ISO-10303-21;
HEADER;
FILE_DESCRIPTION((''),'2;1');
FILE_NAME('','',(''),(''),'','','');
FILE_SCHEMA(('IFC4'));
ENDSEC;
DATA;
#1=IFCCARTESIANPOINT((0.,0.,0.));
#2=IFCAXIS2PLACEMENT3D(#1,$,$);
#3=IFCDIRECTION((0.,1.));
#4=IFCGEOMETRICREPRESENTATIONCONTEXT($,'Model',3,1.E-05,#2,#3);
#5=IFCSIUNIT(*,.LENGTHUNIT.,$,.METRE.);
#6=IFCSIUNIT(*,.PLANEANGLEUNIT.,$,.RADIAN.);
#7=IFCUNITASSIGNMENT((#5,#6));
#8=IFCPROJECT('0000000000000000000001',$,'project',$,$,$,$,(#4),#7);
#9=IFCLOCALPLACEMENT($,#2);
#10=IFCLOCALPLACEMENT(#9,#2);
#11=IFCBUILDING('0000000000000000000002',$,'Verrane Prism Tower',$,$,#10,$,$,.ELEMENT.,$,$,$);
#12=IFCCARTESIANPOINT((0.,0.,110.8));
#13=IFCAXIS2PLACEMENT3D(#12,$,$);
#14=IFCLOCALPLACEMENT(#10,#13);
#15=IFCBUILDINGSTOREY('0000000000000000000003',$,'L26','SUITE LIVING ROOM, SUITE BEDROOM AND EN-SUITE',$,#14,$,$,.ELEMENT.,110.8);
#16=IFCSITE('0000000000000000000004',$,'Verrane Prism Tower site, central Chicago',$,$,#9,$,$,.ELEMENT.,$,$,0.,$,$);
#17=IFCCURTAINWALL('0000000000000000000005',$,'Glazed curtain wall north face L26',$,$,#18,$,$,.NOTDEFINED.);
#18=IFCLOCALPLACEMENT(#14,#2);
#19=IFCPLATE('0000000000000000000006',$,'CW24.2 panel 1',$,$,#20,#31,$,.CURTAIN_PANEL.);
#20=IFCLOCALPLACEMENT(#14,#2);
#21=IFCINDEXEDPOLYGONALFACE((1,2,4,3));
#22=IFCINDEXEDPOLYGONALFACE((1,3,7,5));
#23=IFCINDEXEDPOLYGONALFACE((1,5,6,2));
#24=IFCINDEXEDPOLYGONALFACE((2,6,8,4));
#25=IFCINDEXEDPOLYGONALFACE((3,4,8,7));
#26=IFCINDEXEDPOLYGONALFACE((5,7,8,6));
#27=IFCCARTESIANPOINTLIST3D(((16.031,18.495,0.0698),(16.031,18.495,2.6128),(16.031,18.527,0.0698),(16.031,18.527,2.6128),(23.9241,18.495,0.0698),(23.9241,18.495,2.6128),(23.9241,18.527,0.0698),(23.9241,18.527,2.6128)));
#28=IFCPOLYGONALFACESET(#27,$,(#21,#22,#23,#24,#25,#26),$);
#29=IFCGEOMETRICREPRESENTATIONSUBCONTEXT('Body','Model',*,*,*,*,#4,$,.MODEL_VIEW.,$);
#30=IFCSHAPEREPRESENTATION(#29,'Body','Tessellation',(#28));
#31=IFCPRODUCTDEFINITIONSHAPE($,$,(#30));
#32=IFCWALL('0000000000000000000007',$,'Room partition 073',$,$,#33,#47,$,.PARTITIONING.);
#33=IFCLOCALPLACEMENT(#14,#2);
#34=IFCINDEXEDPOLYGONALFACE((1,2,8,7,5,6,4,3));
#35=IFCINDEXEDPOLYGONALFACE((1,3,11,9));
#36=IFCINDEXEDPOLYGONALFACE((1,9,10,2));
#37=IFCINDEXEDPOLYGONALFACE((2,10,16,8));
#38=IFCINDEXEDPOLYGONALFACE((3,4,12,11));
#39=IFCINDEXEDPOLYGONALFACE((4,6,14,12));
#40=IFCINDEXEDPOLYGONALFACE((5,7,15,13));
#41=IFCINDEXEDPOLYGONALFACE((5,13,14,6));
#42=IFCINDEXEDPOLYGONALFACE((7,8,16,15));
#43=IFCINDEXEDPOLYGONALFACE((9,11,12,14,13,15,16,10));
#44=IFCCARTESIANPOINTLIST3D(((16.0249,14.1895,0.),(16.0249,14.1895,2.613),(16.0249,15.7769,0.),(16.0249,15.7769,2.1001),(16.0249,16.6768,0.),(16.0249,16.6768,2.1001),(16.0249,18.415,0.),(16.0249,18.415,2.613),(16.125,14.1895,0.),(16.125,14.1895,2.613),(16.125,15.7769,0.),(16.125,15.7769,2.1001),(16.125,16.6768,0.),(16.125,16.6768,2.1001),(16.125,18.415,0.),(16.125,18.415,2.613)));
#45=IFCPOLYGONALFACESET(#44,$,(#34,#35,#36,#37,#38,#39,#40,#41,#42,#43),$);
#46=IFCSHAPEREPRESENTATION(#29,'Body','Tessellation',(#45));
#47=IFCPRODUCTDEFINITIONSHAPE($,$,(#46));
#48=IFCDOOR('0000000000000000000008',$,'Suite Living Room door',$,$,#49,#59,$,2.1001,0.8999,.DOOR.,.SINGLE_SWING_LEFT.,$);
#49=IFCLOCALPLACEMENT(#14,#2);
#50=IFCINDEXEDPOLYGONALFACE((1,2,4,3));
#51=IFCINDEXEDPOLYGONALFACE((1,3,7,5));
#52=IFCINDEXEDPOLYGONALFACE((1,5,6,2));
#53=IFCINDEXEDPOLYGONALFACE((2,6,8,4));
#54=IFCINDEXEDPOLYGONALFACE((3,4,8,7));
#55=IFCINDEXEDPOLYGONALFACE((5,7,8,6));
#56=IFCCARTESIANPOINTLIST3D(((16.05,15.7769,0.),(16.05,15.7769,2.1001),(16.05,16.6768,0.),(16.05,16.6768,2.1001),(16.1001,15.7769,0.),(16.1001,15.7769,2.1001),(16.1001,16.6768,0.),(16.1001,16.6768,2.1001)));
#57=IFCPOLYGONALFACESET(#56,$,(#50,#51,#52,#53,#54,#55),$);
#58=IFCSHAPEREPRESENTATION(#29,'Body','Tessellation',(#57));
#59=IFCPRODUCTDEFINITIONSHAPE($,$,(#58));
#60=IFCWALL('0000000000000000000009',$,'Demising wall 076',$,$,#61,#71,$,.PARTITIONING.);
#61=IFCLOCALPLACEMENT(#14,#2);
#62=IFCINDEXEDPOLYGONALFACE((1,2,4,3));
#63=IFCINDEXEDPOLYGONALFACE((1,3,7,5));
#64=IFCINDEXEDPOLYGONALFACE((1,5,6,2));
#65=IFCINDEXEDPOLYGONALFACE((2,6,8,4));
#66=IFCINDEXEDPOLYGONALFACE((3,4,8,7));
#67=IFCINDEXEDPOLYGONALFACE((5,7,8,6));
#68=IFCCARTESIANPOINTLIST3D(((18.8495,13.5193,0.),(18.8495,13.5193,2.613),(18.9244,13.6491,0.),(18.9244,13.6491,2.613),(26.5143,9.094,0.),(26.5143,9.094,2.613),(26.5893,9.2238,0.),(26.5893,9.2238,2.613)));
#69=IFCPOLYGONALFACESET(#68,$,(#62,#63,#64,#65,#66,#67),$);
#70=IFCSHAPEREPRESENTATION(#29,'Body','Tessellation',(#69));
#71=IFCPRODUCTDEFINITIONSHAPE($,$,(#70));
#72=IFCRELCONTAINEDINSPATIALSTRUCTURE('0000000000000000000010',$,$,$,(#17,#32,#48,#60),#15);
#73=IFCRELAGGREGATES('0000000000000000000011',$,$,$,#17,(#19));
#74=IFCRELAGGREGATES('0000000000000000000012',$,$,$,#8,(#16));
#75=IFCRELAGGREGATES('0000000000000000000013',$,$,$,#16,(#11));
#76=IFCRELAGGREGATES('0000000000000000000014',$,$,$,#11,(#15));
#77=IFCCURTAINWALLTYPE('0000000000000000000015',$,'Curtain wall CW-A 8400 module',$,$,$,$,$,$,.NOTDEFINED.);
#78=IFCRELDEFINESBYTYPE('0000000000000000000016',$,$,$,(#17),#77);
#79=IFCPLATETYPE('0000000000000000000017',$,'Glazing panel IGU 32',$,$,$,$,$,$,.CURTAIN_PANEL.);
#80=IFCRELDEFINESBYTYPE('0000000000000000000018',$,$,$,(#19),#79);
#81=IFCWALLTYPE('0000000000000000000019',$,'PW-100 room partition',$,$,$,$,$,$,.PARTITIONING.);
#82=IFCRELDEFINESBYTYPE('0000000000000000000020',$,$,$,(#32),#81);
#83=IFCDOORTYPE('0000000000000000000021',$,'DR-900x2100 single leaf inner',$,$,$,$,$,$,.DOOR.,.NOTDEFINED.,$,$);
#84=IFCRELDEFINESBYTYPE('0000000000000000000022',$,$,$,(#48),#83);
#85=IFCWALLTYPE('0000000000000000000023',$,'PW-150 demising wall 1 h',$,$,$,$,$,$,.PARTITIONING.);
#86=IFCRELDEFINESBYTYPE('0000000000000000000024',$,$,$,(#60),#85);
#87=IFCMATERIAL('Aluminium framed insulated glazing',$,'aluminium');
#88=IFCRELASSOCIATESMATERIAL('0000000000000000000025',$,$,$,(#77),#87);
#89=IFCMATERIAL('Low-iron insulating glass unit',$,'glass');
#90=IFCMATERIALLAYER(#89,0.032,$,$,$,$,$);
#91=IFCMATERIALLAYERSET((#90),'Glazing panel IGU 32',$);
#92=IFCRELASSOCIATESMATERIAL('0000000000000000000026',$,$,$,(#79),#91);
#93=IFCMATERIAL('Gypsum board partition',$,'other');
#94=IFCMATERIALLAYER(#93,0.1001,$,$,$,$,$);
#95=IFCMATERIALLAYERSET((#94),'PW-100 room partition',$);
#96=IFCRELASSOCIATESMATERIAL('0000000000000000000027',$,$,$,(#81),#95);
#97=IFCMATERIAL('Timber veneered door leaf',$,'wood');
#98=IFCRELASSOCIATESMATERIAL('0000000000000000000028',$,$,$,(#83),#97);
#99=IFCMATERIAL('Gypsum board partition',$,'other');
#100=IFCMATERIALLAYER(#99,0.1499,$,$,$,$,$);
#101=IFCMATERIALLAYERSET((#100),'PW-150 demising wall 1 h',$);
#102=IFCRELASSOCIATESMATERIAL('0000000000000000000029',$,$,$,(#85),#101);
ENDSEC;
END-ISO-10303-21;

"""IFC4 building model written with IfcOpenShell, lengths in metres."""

from ifc_helpers import new_model, si_unit, direction, frame, frame_2d, origin, origin_2d, place, context, subcontext, project, spatial, rectangle, extrude, material, layer, layer_set, type_object, element, fill, aggregate, save


model = new_model("IFC4")

# Units and contexts
model_context = context("Model", 3, precision=1e-05, world=origin(), true_north=direction((0.0, 1.0)))
body_context = subcontext(model_context, "Body", "Model", "MODEL_VIEW")
ifc_project = project(units=[si_unit("LENGTHUNIT", "METRE"), si_unit("PLANEANGLEUNIT", "RADIAN")], contexts=[model_context])

# Site, building, storey
site_placement = place(None, origin())
site = spatial("IfcSite", under=ifc_project, at=site_placement, Name="Verrane Prism Tower site, central Chicago", CompositionType="ELEMENT", RefElevation=0.0)
building_placement = place(site_placement, origin())
building = spatial("IfcBuilding", under=site, at=building_placement, Name="Verrane Prism Tower", CompositionType="ELEMENT")
storey_placement = place(building_placement, frame((0.0, 0.0, 110.8)))
storey = spatial("IfcBuildingStorey", under=building, at=storey_placement, Name="L26", Description="SUITE LIVING ROOM, SUITE BEDROOM AND EN-SUITE", CompositionType="ELEMENT", Elevation=110.8)

# Curtain wall
ifc_material_1 = material(Name="Aluminium framed insulated glazing", Category="aluminium")
curtain_wall_type_1 = type_object("IfcCurtainWallType", Name="Curtain wall CW-A 8400 module", PredefinedType="NOTDEFINED", material=ifc_material_1)
curtain_wall_1_placement = place(storey_placement, origin())
curtain_wall_1 = element("IfcCurtainWall", 1, at=curtain_wall_1_placement, inside=storey, type_object=curtain_wall_type_1, Name="Glazed curtain wall north face L26", PredefinedType="NOTDEFINED")

# Plate
ifc_material_2 = material(Name="Low-iron insulating glass unit", Category="glass")
ifc_layer_1 = layer(ifc_material_2, 0.032)
ifc_layer_set_1 = layer_set([ifc_layer_1], Name="Glazing panel IGU 32")
plate_type_1 = type_object("IfcPlateType", Name="Glazing panel IGU 32", PredefinedType="CURTAIN_PANEL", material=ifc_layer_set_1)
plate_1_placement = place(storey_placement, frame((19.9775, 18.511, 0.0698), z_axis=(0.0, 0.0, 1.0), x_axis=(-1.0, 0.0, 0.0)))
plate_1 = element("IfcPlate", 2, at=plate_1_placement, type_object=plate_type_1, Name="CW24.2 panel 1", PredefinedType="CURTAIN_PANEL", context=body_context, shape_type="SweptSolid", body=[
    extrude(rectangle(XDim=7.8931, YDim=0.032, at=origin_2d()), origin(), (0.0, 0.0, 1.0), 2.543),
])
aggregate(curtain_wall_1, [plate_1])

# Wall, opening, door
ifc_material_3 = material(Name="Gypsum board partition", Category="other")
ifc_layer_2 = layer(ifc_material_3, 0.1001)
ifc_layer_set_2 = layer_set([ifc_layer_2], Name="PW-100 room partition")
wall_type_1 = type_object("IfcWallType", Name="PW-100 room partition", PredefinedType="PARTITIONING", material=ifc_layer_set_2)
wall_1_placement = place(storey_placement, frame((16.075, 14.1895, 0.0), z_axis=(0.0, 0.0, 1.0), x_axis=(0.0, 1.0, 0.0)))
wall_1 = element("IfcWall", 3, at=wall_1_placement, inside=storey, type_object=wall_type_1, Name="Room partition 073", PredefinedType="PARTITIONING", context=body_context, shape_type="SweptSolid", body=[
    extrude(rectangle(XDim=4.2256, YDim=0.1001, at=frame_2d((2.1128, 0.0))), origin(), (0.0, 0.0, 1.0), 2.613),
])
opening_placement = place(wall_1_placement, frame((1.5874, 0.0, 0.0)))
opening = element("IfcOpeningElement", 4, at=opening_placement, cuts=wall_1, PredefinedType="OPENING", context=body_context, shape_type="SweptSolid", body=[
    extrude(rectangle(XDim=0.8999, YDim=2.1001, at=frame_2d((0.45, 1.05))), frame((0.0, 0.0601, 0.0), z_axis=(0.0, -1.0, 0.0), x_axis=(1.0, 0.0, 0.0)), (0.0, 0.0, 1.0), 0.1201),
])
ifc_material_4 = material(Name="Timber veneered door leaf", Category="wood")
door_type = type_object("IfcDoorType", Name="DR-900x2100 single leaf inner", OperationType="NOTDEFINED", PredefinedType="DOOR", material=ifc_material_4)
door_placement = place(opening_placement, origin())
door = element("IfcDoor", 5, at=door_placement, inside=storey, type_object=door_type, Name="Suite Living Room door", OperationType="SINGLE_SWING_LEFT", OverallHeight=2.1001, OverallWidth=0.8999, PredefinedType="DOOR", context=body_context, shape_type="SweptSolid", body=[
    extrude(rectangle(XDim=0.8999, YDim=2.1001, at=frame_2d((0.45, 1.05))), frame((0.0, 0.0249, 0.0), z_axis=(0.0, -1.0, 0.0), x_axis=(1.0, 0.0, 0.0)), (0.0, 0.0, 1.0), 0.05),
])
fill(opening, door)

# Wall
ifc_material_5 = material(Name="Gypsum board partition", Category="other")
ifc_layer_3 = layer(ifc_material_5, 0.1499)
ifc_layer_set_3 = layer_set([ifc_layer_3], Name="PW-150 demising wall 1 h")
wall_type_2 = type_object("IfcWallType", Name="PW-150 demising wall 1 h", PredefinedType="PARTITIONING", material=ifc_layer_set_3)
wall_2_placement = place(storey_placement, frame((18.887, 13.5842, 0.0), z_axis=(0.0, 0.0, 1.0), x_axis=(0.866024, -0.500002, 0.0)))
element("IfcWall", 6, at=wall_2_placement, inside=storey, type_object=wall_type_2, Name="Demising wall 076", PredefinedType="PARTITIONING", context=body_context, shape_type="SweptSolid", body=[
    extrude(rectangle(XDim=8.8506, YDim=0.1499, at=frame_2d((4.4253, 0.0))), origin(), (0.0, 0.0, 1.0), 2.613),
])

save(model, "model.ifc")
